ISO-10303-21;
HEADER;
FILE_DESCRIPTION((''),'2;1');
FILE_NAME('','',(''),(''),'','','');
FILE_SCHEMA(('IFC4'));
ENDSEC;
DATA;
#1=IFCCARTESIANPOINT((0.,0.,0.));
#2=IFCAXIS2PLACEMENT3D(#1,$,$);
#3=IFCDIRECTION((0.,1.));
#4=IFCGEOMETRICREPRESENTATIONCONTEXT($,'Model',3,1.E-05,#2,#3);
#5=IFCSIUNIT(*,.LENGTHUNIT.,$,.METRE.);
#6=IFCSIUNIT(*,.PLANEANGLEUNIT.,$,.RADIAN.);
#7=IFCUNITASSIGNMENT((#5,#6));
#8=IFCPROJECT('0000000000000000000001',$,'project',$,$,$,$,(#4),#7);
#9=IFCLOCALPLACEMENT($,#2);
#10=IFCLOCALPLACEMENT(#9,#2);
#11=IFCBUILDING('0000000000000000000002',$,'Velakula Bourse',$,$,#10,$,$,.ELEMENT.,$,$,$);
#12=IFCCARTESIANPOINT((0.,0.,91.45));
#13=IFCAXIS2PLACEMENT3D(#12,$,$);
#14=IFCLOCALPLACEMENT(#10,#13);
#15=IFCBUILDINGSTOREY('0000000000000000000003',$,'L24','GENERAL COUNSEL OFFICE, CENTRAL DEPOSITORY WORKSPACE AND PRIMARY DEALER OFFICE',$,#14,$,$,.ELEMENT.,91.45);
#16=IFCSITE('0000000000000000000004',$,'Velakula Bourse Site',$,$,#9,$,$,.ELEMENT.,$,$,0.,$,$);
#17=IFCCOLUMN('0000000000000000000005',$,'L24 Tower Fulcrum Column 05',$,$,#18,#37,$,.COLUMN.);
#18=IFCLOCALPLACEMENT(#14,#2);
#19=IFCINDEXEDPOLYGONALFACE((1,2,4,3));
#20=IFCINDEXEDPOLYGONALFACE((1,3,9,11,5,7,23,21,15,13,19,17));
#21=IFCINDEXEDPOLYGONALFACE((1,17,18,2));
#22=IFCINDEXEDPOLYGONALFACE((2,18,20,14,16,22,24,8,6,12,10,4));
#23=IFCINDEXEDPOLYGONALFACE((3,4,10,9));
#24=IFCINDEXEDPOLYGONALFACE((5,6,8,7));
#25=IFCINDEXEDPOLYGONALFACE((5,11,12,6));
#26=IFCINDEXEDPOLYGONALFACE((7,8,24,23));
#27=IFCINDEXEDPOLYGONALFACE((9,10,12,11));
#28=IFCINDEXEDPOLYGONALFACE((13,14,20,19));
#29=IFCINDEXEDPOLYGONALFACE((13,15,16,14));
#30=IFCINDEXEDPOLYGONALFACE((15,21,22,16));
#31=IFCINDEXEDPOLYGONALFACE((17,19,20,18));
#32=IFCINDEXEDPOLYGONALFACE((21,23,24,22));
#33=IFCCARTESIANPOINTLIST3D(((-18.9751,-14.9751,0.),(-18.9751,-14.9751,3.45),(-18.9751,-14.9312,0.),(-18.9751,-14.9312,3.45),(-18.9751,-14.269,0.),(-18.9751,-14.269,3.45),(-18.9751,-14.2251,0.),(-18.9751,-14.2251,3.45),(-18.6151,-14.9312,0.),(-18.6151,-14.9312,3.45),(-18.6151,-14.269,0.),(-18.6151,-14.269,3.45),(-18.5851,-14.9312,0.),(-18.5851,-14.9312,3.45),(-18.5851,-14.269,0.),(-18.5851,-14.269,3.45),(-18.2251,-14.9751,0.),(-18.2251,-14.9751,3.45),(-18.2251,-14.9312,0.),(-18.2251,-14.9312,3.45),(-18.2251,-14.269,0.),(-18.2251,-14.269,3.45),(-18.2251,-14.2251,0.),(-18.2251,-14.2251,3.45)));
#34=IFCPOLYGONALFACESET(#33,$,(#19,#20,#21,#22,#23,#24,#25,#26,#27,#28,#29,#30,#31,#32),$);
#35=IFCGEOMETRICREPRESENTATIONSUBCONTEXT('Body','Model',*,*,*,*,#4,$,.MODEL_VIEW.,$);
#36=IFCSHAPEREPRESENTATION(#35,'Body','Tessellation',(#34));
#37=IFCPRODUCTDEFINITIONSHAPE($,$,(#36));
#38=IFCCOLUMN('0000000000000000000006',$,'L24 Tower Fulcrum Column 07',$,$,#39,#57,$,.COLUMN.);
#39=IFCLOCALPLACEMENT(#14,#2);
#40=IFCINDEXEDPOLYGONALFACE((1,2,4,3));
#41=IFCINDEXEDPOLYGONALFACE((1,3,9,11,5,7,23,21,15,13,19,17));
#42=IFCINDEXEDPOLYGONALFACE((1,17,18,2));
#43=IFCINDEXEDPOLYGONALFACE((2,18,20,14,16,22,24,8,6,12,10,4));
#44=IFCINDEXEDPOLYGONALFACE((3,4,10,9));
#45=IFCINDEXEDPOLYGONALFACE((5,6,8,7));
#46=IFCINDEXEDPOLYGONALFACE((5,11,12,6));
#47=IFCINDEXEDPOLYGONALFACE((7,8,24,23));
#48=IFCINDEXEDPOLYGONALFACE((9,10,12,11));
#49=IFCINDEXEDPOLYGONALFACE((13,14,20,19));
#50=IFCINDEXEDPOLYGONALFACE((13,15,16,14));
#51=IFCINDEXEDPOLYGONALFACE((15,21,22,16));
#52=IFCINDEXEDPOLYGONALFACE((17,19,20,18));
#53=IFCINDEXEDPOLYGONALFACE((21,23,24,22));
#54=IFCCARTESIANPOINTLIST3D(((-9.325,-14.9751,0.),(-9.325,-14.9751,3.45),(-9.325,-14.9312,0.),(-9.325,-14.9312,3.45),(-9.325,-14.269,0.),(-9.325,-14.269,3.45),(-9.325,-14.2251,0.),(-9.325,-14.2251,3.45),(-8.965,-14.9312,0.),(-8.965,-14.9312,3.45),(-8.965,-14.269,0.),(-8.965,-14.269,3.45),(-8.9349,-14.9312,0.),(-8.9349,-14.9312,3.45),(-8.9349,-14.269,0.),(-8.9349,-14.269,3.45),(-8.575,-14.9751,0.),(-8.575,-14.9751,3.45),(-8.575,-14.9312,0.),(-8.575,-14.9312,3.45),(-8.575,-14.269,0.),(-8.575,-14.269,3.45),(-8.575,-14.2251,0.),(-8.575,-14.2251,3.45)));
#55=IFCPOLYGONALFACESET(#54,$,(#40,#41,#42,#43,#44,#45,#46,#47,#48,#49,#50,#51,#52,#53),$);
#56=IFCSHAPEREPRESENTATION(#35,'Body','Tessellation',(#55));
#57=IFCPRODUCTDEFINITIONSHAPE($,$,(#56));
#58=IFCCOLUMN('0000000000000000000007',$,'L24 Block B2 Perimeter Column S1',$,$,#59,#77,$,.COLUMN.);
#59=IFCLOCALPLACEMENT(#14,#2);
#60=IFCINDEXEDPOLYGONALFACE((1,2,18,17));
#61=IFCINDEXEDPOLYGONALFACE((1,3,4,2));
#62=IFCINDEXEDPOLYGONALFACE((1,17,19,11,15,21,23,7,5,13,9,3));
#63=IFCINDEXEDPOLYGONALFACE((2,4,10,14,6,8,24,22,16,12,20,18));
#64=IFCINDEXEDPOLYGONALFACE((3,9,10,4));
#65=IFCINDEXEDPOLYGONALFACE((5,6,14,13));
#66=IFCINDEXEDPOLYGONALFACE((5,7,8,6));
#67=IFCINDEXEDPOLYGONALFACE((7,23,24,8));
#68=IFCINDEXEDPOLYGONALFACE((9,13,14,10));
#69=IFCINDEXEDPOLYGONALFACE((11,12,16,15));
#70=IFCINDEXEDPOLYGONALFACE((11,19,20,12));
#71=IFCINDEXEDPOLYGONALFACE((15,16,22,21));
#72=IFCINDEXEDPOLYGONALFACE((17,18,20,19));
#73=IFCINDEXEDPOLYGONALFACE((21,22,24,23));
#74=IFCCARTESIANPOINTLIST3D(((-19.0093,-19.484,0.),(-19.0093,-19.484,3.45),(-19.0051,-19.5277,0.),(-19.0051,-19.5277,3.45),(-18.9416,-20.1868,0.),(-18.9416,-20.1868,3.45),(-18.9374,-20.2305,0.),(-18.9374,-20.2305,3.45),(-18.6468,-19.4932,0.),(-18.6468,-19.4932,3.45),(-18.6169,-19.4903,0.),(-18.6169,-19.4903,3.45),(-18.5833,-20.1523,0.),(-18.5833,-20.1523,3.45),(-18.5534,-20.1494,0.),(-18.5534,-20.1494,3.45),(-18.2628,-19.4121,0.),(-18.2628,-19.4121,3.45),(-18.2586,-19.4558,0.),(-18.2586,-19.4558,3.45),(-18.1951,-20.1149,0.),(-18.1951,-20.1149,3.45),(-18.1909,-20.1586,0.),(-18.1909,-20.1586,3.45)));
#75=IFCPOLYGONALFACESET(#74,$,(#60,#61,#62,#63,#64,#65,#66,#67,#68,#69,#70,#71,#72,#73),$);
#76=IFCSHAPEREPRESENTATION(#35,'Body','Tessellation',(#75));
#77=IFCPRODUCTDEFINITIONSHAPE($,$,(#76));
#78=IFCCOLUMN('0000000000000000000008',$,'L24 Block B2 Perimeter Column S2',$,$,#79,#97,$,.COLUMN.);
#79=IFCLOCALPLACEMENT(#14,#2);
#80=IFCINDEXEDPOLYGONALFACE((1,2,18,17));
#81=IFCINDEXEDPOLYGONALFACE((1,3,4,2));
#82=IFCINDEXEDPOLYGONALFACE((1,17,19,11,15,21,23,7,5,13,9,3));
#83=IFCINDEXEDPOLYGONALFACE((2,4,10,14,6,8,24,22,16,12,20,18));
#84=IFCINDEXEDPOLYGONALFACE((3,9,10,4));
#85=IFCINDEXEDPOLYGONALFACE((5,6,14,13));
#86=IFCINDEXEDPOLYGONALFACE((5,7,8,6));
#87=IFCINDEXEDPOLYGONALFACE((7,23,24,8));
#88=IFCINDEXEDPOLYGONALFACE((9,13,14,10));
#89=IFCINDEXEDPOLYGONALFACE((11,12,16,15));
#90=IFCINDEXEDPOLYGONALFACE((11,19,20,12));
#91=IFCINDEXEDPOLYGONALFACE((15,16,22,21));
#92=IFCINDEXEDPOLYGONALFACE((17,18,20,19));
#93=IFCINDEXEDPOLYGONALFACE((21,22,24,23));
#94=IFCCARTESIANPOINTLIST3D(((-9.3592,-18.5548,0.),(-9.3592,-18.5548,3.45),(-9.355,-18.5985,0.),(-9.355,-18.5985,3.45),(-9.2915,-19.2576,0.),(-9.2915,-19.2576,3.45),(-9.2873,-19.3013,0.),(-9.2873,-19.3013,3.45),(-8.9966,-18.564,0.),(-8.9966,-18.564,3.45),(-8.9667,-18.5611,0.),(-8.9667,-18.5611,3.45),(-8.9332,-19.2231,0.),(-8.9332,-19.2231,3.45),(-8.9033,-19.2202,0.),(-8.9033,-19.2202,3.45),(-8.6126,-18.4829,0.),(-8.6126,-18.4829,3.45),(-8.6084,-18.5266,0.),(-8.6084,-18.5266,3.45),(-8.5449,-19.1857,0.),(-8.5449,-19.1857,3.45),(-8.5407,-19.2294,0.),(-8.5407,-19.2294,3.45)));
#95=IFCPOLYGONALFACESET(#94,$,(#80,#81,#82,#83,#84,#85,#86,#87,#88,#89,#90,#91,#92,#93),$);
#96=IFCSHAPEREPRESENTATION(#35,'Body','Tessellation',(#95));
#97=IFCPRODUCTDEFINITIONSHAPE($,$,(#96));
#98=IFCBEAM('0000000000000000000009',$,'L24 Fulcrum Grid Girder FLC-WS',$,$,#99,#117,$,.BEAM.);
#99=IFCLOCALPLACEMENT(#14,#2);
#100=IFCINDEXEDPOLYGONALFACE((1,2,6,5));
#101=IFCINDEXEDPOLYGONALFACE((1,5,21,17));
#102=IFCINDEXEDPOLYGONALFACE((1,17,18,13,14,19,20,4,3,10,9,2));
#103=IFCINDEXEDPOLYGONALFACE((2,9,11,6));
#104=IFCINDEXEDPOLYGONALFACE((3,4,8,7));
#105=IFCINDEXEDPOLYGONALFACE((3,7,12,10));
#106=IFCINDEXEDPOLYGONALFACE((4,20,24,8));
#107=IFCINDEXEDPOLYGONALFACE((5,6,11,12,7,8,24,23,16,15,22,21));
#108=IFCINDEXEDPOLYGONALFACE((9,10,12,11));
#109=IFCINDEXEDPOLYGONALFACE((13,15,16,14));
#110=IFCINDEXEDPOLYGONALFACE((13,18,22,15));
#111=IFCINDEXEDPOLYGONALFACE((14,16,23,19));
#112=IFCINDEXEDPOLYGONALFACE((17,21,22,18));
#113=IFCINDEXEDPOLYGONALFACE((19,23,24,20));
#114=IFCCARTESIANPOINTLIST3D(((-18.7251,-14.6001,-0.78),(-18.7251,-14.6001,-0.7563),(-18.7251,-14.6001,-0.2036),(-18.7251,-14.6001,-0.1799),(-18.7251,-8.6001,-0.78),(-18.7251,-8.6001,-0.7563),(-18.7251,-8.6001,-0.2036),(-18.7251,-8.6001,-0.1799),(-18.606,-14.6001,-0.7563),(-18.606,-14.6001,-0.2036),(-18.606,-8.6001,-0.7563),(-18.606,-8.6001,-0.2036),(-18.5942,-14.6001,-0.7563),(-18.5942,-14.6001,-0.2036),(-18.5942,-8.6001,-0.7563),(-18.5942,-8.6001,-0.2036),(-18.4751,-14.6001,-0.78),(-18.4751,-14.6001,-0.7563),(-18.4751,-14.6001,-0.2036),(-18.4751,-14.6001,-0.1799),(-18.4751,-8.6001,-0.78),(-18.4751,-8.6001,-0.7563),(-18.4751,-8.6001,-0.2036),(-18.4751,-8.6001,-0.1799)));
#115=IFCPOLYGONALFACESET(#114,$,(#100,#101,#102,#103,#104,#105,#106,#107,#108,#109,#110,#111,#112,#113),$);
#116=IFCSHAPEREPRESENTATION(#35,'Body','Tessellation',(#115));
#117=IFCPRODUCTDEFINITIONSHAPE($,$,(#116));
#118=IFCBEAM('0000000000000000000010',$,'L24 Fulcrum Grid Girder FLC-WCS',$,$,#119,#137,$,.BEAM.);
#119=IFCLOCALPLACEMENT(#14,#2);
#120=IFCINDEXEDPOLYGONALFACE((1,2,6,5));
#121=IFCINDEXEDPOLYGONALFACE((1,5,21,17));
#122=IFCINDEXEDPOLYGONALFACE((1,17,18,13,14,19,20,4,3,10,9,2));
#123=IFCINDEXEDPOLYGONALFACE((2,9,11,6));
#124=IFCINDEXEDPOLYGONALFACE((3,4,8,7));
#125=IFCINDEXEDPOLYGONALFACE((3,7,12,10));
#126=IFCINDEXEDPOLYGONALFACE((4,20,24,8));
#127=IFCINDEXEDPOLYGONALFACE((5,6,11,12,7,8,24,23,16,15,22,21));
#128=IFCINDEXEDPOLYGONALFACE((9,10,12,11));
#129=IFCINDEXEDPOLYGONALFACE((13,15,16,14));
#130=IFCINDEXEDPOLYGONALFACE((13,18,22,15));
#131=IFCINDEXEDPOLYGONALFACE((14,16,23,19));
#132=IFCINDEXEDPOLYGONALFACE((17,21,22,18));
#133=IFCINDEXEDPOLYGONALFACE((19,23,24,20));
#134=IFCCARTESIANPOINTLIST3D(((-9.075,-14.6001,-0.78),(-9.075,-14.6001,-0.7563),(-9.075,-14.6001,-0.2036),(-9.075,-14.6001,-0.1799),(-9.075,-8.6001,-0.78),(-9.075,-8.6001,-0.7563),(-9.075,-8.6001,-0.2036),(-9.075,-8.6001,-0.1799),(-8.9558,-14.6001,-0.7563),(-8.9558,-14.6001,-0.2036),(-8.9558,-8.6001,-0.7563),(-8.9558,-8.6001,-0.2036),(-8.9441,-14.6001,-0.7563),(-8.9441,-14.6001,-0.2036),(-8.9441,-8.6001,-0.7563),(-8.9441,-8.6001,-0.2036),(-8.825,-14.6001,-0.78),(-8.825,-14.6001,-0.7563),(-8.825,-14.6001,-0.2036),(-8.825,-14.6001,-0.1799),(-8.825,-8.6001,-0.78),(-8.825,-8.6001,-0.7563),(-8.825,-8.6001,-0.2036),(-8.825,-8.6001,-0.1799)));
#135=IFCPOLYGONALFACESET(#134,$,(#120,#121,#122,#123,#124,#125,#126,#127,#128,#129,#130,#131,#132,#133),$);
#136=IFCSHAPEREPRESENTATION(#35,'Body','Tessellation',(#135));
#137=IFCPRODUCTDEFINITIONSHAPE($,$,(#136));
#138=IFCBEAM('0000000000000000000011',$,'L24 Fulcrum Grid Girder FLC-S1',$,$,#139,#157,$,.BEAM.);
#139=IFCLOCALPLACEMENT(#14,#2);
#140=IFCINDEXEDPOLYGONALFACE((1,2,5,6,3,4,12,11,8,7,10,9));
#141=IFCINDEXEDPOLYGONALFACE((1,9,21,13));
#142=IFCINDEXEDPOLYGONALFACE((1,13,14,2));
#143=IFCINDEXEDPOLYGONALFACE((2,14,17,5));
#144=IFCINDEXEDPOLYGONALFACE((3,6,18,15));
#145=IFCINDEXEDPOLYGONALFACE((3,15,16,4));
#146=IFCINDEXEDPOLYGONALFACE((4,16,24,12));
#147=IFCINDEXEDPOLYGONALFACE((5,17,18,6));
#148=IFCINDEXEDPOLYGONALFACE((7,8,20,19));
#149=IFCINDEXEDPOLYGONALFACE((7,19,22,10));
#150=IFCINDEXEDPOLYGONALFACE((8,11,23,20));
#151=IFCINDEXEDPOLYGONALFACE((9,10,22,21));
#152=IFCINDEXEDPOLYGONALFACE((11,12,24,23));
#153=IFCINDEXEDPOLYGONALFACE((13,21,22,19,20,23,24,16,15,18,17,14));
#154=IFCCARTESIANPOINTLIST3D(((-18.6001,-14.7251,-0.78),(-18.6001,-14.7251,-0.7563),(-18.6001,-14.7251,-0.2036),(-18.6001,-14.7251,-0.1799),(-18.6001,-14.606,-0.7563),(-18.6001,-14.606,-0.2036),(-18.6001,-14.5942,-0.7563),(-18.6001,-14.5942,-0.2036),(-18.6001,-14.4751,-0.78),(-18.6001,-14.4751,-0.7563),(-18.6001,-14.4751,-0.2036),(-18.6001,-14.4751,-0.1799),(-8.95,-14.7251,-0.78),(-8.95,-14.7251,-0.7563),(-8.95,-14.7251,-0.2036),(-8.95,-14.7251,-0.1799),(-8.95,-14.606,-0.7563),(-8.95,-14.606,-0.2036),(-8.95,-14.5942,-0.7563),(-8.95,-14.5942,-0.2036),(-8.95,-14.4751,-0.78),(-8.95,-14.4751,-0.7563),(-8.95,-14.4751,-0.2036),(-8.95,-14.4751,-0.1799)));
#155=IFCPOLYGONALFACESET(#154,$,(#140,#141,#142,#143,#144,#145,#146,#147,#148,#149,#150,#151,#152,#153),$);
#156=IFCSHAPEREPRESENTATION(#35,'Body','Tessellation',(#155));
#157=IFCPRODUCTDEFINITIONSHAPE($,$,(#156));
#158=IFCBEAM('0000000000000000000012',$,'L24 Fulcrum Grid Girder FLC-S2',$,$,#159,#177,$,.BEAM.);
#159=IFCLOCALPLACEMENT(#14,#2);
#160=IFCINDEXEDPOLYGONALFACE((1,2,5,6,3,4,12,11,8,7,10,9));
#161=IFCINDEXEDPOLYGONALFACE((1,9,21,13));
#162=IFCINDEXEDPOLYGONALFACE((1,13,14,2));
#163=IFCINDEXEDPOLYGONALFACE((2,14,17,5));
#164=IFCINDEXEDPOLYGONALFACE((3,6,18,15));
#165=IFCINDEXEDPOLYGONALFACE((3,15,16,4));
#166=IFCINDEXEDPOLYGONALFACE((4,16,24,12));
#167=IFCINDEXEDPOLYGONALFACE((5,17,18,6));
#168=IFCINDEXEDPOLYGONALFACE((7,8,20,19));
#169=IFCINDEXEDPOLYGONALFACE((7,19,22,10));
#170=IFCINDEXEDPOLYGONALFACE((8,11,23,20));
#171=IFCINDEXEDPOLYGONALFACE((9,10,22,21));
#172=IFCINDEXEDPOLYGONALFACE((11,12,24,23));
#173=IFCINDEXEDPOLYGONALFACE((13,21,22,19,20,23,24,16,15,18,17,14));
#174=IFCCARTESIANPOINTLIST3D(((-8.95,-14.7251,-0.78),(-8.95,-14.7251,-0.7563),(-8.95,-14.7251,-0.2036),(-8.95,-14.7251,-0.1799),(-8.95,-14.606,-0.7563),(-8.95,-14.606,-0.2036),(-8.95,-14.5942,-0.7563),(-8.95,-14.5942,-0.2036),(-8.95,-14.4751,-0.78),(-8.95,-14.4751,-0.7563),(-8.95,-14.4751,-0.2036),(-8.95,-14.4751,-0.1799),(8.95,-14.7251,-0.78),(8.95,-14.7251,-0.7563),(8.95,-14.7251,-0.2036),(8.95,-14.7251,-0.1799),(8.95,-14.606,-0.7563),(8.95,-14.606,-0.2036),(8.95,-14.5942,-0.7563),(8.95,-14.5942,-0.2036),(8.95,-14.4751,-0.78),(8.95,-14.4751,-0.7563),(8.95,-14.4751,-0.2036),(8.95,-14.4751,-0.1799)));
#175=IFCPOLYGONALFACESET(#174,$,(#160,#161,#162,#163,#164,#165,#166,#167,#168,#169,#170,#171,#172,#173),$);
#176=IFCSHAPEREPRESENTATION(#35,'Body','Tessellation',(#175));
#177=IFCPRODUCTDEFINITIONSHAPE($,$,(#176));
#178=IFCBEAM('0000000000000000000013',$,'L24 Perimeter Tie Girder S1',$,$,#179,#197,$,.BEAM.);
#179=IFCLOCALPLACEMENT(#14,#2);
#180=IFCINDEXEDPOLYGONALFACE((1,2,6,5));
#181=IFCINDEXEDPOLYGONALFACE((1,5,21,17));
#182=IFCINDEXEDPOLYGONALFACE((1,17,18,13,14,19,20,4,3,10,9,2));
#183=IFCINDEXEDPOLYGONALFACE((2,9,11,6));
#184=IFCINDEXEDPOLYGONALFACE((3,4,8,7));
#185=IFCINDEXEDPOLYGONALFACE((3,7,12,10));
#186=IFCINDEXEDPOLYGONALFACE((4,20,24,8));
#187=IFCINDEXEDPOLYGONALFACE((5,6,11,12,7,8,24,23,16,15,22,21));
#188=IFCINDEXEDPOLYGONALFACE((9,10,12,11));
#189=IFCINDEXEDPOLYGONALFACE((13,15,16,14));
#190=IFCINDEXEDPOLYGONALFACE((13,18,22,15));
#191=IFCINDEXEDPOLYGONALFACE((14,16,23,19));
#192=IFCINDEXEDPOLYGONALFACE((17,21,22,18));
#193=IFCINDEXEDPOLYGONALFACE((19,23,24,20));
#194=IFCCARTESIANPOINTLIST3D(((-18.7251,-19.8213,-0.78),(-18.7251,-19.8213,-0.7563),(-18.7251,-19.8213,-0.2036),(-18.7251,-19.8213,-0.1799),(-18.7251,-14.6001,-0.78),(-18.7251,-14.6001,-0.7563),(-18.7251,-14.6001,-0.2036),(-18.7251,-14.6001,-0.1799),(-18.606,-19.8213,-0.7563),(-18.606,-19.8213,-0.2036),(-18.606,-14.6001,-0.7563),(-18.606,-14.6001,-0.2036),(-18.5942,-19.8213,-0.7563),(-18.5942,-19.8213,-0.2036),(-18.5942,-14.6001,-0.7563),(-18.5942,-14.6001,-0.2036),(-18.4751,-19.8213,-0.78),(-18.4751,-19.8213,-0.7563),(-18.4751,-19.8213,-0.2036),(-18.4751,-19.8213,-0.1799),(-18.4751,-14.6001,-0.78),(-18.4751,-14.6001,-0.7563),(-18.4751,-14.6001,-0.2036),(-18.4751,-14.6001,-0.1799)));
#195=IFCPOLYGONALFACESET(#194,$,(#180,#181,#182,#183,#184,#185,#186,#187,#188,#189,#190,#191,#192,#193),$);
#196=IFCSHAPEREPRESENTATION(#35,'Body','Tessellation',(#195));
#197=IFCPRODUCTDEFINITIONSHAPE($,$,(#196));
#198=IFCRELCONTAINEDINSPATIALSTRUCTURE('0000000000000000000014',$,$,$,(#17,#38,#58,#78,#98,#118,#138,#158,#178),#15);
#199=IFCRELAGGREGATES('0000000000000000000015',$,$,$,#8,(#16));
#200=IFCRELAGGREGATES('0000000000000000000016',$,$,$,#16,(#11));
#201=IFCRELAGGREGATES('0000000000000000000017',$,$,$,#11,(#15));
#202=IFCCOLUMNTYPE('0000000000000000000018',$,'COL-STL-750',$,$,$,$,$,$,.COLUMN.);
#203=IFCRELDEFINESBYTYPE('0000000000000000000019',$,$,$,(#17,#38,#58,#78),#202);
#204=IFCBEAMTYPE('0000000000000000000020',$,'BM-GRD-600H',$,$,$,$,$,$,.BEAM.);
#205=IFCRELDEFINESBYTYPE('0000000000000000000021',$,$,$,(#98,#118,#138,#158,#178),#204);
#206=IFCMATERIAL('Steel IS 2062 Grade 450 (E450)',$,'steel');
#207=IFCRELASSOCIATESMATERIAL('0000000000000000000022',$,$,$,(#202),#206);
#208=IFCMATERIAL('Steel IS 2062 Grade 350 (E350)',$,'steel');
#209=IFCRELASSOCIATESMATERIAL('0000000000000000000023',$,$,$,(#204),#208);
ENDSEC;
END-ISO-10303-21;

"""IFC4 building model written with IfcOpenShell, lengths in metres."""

from ifc_helpers import new_model, si_unit, direction, frame, origin, origin_2d, place, context, subcontext, project, spatial, i_section, extrude, material, material_profile, profile_set, type_object, element, save


model = new_model("IFC4")

# Units and contexts
model_context = context("Model", 3, precision=1e-05, world=origin(), true_north=direction((0.0, 1.0)))
body_context = subcontext(model_context, "Body", "Model", "MODEL_VIEW")
ifc_project = project(units=[si_unit("LENGTHUNIT", "METRE"), si_unit("PLANEANGLEUNIT", "RADIAN")], contexts=[model_context])

# Site, building, storey
site_placement = place(None, origin())
site = spatial("IfcSite", under=ifc_project, at=site_placement, Name="Velakula Bourse Site", CompositionType="ELEMENT", RefElevation=0.0)
building_placement = place(site_placement, origin())
building = spatial("IfcBuilding", under=site, at=building_placement, Name="Velakula Bourse", CompositionType="ELEMENT")
storey_placement = place(building_placement, frame((0.0, 0.0, 91.45)))
storey = spatial("IfcBuildingStorey", under=building, at=storey_placement, Name="L24", Description="GENERAL COUNSEL OFFICE, CENTRAL DEPOSITORY WORKSPACE AND PRIMARY DEALER OFFICE", CompositionType="ELEMENT", Elevation=91.45)

# Columns
ifc_material_1 = material(Name="Steel IS 2062 Grade 450 (E450)", Category="steel")
ifc_material_profile_1 = material_profile(ifc_material_1, i_section(OverallWidth=0.75, OverallDepth=0.75, WebThickness=0.03, FlangeThickness=0.0439, at=origin_2d()), Name="Steel IS 2062 Grade 450 (E450)")
ifc_profile_set_1 = profile_set([ifc_material_profile_1], Name="Steel IS 2062 Grade 450 (E450)")
column_type = type_object("IfcColumnType", Name="COL-STL-750", PredefinedType="COLUMN", material=ifc_profile_set_1)
for number, where, z_axis, x_axis, name in (
    (1, (-18.6001, -14.6001, 0.0), (0.0, 0.0, 1.0), (1.0, 0.0, 0.0), "L24 Tower Fulcrum Column 05"),
    (2, (-8.95, -14.6001, 0.0), (0.0, 0.0, 1.0), (1.0, 0.0, 0.0), "L24 Tower Fulcrum Column 07"),
    (3, (-18.6001, -19.8213, 0.0), (0.0, 0.0, 1.0), (0.995396, 0.095846, 0.0), "L24 Block B2 Perimeter Column S1"),
    (4, (-8.95, -18.8921, 0.0), (0.0, 0.0, 1.0), (0.995396, 0.095846, 0.0), "L24 Block B2 Perimeter Column S2"),
):
    element("IfcColumn", number, at=place(storey_placement, frame(where, z_axis=z_axis, x_axis=x_axis)), inside=storey, type_object=column_type, Name=name, PredefinedType="COLUMN", context=body_context, shape_type="SweptSolid", body=[
        extrude(i_section(OverallWidth=0.75, OverallDepth=0.75, WebThickness=0.03, FlangeThickness=0.0439, at=origin_2d()), origin(), (0.0, 0.0, 1.0), 3.45),
    ])

# Beams
ifc_material_2 = material(Name="Steel IS 2062 Grade 350 (E350)", Category="steel")
ifc_material_profile_2 = material_profile(ifc_material_2, i_section(OverallWidth=0.25, OverallDepth=0.6001, WebThickness=0.0117, FlangeThickness=0.0237, at=origin_2d()), Name="Steel IS 2062 Grade 350 (E350)")
ifc_profile_set_2 = profile_set([ifc_material_profile_2], Name="Steel IS 2062 Grade 350 (E350)")
beam_type_1 = type_object("IfcBeamType", Name="BM-GRD-600H", PredefinedType="BEAM", material=ifc_profile_set_2)
for number, where, z_axis, x_axis, name in (
    (5, (-18.6001, -14.6001, -0.48), (0.0, 1.0, 0.0), (-1.0, 0.0, 0.0), "L24 Fulcrum Grid Girder FLC-WS"),
    (6, (-8.95, -14.6001, -0.48), (0.0, 1.0, 0.0), (-1.0, 0.0, 0.0), "L24 Fulcrum Grid Girder FLC-WCS"),
):
    element("IfcBeam", number, at=place(storey_placement, frame(where, z_axis=z_axis, x_axis=x_axis)), inside=storey, type_object=beam_type_1, Name=name, PredefinedType="BEAM", context=body_context, shape_type="SweptSolid", body=[
        extrude(i_section(OverallWidth=0.25, OverallDepth=0.6001, WebThickness=0.0117, FlangeThickness=0.0237, at=origin_2d()), origin(), (0.0, 0.0, 1.0), 6.0),
    ])
beam_1_placement = place(storey_placement, frame((-18.6001, -14.6001, -0.48), z_axis=(1.0, 0.0, 0.0), x_axis=(0.0, 1.0, 0.0)))
element("IfcBeam", 7, at=beam_1_placement, inside=storey, type_object=beam_type_1, Name="L24 Fulcrum Grid Girder FLC-S1", PredefinedType="BEAM", context=body_context, shape_type="SweptSolid", body=[
    extrude(i_section(OverallWidth=0.25, OverallDepth=0.6001, WebThickness=0.0117, FlangeThickness=0.0237, at=origin_2d()), origin(), (0.0, 0.0, 1.0), 9.6501),
])
beam_2_placement = place(storey_placement, frame((-8.95, -14.6001, -0.48), z_axis=(1.0, 0.0, 0.0), x_axis=(0.0, 1.0, 0.0)))
element("IfcBeam", 8, at=beam_2_placement, inside=storey, type_object=beam_type_1, Name="L24 Fulcrum Grid Girder FLC-S2", PredefinedType="BEAM", context=body_context, shape_type="SweptSolid", body=[
    extrude(i_section(OverallWidth=0.25, OverallDepth=0.6001, WebThickness=0.0117, FlangeThickness=0.0237, at=origin_2d()), origin(), (0.0, 0.0, 1.0), 17.8999),
])
beam_3_placement = place(storey_placement, frame((-18.6001, -14.6001, -0.48), z_axis=(0.0, -1.0, 0.0), x_axis=(1.0, 0.0, 0.0)))
element("IfcBeam", 9, at=beam_3_placement, inside=storey, type_object=beam_type_1, Name="L24 Perimeter Tie Girder S1", PredefinedType="BEAM", context=body_context, shape_type="SweptSolid", body=[
    extrude(i_section(OverallWidth=0.25, OverallDepth=0.6001, WebThickness=0.0117, FlangeThickness=0.0237, at=origin_2d()), origin(), (0.0, 0.0, 1.0), 5.2212),
])

save(model, "model.ifc")
